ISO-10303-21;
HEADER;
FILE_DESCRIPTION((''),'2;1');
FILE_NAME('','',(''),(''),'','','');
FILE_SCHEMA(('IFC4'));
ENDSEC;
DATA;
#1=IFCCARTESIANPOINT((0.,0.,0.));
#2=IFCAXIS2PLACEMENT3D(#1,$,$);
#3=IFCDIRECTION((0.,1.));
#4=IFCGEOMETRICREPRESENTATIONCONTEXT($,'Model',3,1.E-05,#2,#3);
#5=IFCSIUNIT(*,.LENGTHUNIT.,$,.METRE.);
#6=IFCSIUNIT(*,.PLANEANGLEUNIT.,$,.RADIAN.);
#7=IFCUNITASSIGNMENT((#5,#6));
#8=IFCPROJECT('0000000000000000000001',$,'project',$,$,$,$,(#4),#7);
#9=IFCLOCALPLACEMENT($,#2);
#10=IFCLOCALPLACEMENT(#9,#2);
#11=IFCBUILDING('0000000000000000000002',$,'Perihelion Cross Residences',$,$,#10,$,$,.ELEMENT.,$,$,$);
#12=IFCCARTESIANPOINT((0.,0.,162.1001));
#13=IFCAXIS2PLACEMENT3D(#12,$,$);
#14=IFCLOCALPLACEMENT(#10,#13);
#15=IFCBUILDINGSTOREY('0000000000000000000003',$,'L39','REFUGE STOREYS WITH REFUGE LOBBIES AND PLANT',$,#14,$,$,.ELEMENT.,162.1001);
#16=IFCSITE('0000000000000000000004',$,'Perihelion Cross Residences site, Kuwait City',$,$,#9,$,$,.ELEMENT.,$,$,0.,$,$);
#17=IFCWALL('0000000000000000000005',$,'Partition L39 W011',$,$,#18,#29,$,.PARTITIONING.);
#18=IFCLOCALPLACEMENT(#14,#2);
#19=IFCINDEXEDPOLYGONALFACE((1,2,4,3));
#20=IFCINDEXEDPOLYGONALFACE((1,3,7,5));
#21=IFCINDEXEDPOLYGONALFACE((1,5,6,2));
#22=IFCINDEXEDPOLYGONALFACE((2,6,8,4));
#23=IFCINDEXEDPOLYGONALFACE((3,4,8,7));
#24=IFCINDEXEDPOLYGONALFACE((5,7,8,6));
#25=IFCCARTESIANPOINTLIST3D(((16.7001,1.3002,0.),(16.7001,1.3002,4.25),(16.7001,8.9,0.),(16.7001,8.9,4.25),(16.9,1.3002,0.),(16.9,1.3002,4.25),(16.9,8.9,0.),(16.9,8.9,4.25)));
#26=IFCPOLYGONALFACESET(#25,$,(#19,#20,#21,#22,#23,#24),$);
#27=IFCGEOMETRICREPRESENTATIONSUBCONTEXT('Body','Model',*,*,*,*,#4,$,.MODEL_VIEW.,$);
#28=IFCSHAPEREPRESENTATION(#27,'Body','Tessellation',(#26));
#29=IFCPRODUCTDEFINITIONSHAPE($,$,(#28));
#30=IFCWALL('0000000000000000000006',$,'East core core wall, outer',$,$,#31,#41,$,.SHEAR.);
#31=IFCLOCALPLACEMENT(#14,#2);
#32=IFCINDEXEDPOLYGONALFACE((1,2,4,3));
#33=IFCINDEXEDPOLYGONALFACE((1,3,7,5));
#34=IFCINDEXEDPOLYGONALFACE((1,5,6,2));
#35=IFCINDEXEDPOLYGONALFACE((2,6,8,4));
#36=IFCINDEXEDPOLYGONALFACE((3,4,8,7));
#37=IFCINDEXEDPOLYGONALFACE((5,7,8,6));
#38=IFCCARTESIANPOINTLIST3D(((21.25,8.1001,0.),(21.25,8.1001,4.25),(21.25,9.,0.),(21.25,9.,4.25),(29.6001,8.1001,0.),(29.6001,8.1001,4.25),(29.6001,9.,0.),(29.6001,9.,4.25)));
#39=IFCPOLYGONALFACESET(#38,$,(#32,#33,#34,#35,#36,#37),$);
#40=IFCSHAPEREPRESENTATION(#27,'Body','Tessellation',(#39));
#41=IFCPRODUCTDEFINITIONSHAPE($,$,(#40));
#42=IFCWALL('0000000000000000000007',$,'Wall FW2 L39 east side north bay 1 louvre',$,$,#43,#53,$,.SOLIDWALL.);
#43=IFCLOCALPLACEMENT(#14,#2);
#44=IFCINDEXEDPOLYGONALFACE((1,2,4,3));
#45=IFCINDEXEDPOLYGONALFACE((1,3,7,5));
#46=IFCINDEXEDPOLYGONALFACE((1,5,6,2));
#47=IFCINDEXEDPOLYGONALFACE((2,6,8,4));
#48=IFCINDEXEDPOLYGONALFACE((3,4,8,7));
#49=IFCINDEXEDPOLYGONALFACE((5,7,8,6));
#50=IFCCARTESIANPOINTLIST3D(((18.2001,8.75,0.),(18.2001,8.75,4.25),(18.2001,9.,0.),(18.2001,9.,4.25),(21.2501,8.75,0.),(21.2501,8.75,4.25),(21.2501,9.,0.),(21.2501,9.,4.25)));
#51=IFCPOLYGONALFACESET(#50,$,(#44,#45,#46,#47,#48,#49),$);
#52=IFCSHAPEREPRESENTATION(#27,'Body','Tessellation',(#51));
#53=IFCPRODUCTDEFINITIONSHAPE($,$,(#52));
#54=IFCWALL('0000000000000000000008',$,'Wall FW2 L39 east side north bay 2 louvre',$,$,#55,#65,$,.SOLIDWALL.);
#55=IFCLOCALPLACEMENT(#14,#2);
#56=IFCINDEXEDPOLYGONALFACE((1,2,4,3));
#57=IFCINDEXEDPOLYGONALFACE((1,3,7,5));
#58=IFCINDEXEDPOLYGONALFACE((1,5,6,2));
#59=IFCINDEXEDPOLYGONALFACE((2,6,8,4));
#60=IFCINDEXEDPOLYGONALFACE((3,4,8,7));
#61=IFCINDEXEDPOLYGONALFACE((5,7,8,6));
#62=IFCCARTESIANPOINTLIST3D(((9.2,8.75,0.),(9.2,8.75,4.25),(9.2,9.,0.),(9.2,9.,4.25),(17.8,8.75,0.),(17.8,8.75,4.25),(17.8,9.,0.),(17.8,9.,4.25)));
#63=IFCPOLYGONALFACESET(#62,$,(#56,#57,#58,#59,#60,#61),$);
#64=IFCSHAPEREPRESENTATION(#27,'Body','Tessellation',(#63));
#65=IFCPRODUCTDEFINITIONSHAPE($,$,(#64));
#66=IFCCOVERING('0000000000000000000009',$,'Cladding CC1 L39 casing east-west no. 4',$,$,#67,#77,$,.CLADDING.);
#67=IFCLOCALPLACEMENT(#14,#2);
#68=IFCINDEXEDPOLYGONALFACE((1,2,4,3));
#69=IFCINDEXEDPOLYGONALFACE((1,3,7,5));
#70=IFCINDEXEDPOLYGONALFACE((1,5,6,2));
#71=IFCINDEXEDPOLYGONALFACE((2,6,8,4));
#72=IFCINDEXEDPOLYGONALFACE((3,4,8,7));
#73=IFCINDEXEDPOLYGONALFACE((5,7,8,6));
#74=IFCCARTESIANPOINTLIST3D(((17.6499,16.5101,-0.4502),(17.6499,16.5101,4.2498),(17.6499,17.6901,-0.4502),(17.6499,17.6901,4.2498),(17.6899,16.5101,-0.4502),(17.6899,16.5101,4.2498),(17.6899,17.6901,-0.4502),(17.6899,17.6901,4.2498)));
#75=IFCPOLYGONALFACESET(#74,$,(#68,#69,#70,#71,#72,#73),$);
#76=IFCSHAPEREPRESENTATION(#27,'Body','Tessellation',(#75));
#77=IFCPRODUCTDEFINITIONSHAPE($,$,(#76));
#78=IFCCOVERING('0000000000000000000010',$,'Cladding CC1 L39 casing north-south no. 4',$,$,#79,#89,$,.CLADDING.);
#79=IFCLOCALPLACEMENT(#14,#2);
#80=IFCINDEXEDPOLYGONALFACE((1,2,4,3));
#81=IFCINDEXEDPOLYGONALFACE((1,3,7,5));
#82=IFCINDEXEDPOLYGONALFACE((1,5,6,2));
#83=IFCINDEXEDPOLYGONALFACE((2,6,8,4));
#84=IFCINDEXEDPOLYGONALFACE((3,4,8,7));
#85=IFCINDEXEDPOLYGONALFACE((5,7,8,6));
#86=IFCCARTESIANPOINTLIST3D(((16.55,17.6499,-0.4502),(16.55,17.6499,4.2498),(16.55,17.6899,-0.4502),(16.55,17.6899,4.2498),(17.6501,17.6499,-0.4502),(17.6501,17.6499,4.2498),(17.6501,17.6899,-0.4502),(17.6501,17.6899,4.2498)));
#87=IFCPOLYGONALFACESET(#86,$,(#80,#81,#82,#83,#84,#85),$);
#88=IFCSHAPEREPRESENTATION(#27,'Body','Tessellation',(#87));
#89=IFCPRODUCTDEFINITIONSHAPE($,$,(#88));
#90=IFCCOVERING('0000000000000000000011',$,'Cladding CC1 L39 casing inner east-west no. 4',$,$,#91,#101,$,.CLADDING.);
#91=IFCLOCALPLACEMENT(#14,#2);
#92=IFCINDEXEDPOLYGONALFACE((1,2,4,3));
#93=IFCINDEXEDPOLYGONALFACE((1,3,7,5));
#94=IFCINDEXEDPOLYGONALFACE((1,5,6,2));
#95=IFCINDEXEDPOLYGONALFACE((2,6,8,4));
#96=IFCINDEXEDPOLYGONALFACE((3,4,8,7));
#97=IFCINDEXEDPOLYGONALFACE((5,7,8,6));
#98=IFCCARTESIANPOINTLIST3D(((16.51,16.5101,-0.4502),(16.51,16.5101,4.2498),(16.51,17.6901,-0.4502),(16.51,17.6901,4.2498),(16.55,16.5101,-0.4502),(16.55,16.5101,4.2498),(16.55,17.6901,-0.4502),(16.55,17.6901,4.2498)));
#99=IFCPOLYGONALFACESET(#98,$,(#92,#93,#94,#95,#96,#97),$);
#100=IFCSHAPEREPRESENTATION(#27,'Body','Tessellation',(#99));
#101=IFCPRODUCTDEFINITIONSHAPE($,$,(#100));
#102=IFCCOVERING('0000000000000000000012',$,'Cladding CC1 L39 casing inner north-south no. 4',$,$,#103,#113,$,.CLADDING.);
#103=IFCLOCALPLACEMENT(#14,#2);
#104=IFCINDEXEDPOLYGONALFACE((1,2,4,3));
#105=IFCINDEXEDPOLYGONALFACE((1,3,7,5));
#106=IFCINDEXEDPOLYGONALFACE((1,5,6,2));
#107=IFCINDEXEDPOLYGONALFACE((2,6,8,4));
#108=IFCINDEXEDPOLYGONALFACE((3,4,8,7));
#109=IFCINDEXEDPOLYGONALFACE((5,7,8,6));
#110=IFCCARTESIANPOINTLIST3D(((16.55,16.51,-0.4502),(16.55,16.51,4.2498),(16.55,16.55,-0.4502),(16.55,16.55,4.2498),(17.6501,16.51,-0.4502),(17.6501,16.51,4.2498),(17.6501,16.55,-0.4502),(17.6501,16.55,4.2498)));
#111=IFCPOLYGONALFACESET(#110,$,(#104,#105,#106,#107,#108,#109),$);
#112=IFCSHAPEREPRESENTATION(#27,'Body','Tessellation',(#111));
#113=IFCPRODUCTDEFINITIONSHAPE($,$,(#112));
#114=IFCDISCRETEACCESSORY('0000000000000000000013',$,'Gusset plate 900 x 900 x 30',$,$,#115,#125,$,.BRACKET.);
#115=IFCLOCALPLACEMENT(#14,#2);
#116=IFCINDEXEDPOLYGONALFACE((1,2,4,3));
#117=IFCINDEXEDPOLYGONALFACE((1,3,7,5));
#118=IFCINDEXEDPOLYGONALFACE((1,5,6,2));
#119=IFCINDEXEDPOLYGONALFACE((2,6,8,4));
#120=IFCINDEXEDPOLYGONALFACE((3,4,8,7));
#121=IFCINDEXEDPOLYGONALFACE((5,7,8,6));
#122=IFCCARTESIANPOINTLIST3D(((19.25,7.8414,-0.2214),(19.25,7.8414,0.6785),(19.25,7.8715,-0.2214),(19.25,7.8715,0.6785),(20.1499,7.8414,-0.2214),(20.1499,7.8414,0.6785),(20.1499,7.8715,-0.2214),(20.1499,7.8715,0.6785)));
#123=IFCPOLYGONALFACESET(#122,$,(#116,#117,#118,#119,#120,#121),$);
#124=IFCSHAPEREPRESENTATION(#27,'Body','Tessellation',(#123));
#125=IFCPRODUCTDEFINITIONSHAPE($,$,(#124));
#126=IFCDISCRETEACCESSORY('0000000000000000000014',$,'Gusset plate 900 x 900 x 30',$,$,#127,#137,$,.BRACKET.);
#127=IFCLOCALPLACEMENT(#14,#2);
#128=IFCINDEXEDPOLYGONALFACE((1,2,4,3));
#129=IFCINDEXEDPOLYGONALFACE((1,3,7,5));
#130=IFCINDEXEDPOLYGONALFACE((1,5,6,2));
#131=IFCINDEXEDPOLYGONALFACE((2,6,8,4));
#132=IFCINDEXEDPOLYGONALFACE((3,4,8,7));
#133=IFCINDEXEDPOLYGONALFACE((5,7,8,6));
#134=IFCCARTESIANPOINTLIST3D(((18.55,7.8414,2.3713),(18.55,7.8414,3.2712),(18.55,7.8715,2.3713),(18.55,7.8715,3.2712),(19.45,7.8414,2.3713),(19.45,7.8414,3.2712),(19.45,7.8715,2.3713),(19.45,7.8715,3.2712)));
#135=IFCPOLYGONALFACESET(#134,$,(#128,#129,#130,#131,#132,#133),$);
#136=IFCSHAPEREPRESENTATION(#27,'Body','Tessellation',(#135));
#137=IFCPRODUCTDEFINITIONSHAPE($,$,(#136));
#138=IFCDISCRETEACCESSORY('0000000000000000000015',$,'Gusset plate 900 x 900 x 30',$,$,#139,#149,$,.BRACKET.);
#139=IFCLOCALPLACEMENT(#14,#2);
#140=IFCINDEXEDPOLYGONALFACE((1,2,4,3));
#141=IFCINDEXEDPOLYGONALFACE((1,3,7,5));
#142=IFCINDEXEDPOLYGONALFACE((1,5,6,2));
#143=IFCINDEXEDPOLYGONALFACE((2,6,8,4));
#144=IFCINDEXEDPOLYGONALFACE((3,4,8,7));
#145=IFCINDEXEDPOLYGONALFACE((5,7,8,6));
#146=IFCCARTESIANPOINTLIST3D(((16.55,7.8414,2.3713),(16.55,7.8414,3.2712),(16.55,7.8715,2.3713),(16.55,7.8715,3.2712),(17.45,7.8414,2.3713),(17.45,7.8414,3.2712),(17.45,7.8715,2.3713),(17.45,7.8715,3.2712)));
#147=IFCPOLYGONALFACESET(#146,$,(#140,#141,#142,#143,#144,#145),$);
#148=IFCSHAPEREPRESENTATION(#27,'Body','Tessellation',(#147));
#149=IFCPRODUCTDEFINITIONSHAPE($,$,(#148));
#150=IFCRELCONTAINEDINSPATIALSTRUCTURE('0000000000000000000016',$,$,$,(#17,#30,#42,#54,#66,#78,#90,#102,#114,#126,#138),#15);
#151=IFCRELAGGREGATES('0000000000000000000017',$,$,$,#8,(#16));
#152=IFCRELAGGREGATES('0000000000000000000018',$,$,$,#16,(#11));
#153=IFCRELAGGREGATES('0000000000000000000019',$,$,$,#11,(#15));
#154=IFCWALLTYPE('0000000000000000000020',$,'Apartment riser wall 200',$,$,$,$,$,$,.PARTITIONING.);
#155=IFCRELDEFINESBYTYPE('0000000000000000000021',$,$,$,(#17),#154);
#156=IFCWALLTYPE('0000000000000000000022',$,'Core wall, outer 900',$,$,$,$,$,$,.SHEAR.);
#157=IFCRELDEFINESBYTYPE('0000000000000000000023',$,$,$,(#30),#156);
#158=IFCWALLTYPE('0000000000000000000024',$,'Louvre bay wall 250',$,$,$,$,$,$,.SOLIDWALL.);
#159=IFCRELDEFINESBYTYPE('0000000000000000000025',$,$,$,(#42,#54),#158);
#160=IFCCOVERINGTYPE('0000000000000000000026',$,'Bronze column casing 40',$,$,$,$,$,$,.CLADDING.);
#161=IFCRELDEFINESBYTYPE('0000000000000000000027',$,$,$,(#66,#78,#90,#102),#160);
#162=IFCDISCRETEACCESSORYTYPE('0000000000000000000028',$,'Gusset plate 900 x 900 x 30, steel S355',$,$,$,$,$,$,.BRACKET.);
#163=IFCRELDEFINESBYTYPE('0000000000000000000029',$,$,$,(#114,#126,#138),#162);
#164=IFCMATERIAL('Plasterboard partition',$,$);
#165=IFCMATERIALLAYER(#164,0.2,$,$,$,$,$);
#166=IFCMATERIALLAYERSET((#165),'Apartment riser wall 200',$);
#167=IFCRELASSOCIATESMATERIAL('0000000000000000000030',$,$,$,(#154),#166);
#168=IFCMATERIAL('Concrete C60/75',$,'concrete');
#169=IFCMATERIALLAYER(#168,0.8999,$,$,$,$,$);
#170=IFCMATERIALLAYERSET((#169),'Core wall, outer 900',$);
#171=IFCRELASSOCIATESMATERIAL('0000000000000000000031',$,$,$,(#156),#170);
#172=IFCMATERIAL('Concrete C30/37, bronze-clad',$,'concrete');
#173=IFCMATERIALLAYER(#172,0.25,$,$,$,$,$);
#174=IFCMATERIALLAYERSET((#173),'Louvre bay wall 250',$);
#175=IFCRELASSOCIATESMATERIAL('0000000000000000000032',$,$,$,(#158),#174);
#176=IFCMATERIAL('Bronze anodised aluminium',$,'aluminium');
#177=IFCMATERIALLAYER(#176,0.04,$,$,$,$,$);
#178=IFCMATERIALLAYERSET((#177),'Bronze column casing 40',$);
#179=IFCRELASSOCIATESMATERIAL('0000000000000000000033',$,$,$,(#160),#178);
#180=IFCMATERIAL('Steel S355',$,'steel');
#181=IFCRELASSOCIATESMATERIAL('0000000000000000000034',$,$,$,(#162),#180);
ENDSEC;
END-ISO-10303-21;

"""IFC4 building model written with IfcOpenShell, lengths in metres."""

from ifc_helpers import new_model, si_unit, direction, frame, frame_2d, origin, origin_2d, place, context, subcontext, project, spatial, rectangle, extrude, material, layer, layer_set, type_object, element, save


model = new_model("IFC4")

# Units and contexts
model_context = context("Model", 3, precision=1e-05, world=origin(), true_north=direction((0.0, 1.0)))
body_context = subcontext(model_context, "Body", "Model", "MODEL_VIEW")
ifc_project = project(units=[si_unit("LENGTHUNIT", "METRE"), si_unit("PLANEANGLEUNIT", "RADIAN")], contexts=[model_context])

# Site, building, storey
site_placement = place(None, origin())
site = spatial("IfcSite", under=ifc_project, at=site_placement, Name="Perihelion Cross Residences site, Kuwait City", CompositionType="ELEMENT", RefElevation=0.0)
building_placement = place(site_placement, origin())
building = spatial("IfcBuilding", under=site, at=building_placement, Name="Perihelion Cross Residences", CompositionType="ELEMENT")
storey_placement = place(building_placement, frame((0.0, 0.0, 162.1001)))
storey = spatial("IfcBuildingStorey", under=building, at=storey_placement, Name="L39", Description="REFUGE STOREYS WITH REFUGE LOBBIES AND PLANT", CompositionType="ELEMENT", Elevation=162.1001)

# Walls
ifc_material_1 = material(Name="Plasterboard partition")
ifc_layer_1 = layer(ifc_material_1, 0.2)
ifc_layer_set_1 = layer_set([ifc_layer_1], Name="Apartment riser wall 200")
wall_type_1 = type_object("IfcWallType", Name="Apartment riser wall 200", PredefinedType="PARTITIONING", material=ifc_layer_set_1)
wall_1_placement = place(storey_placement, frame((16.8, 8.8999, 0.0), z_axis=(0.0, 0.0, 1.0), x_axis=(0.0, -1.0, 0.0)))
element("IfcWall", 1, at=wall_1_placement, inside=storey, type_object=wall_type_1, Name="Partition L39 W011", PredefinedType="PARTITIONING", context=body_context, shape_type="SweptSolid", body=[
    extrude(rectangle(XDim=7.5999, YDim=0.2, at=frame_2d((3.7998, 0.0))), origin(), (0.0, 0.0, 1.0), 4.25),
])
ifc_material_2 = material(Name="Concrete C60/75", Category="concrete")
ifc_layer_2 = layer(ifc_material_2, 0.8999)
ifc_layer_set_2 = layer_set([ifc_layer_2], Name="Core wall, outer 900")
wall_type_2 = type_object("IfcWallType", Name="Core wall, outer 900", PredefinedType="SHEAR", material=ifc_layer_set_2)
wall_2_placement = place(storey_placement, frame((21.25, 8.55, 0.0), z_axis=(0.0, 0.0, 1.0), x_axis=(1.0, 0.0, 0.0)))
element("IfcWall", 2, at=wall_2_placement, inside=storey, type_object=wall_type_2, Name="East core core wall, outer", PredefinedType="SHEAR", context=body_context, shape_type="SweptSolid", body=[
    extrude(rectangle(XDim=8.3501, YDim=0.8999, at=frame_2d((4.175, 0.0))), origin(), (0.0, 0.0, 1.0), 4.25),
])
ifc_material_3 = material(Name="Concrete C30/37, bronze-clad", Category="concrete")
ifc_layer_3 = layer(ifc_material_3, 0.25)
ifc_layer_set_3 = layer_set([ifc_layer_3], Name="Louvre bay wall 250")
wall_type_3 = type_object("IfcWallType", Name="Louvre bay wall 250", PredefinedType="SOLIDWALL", material=ifc_layer_set_3)
wall_3_placement = place(storey_placement, frame((21.25, 8.875, 0.0), z_axis=(0.0, 0.0, 1.0), x_axis=(-1.0, 0.0, 0.0)))
element("IfcWall", 3, at=wall_3_placement, inside=storey, type_object=wall_type_3, Name="Wall FW2 L39 east side north bay 1 louvre", PredefinedType="SOLIDWALL", context=body_context, shape_type="SweptSolid", body=[
    extrude(rectangle(XDim=3.05, YDim=0.25, at=frame_2d((1.5249, 0.0))), origin(), (0.0, 0.0, 1.0), 4.25),
])
wall_4_placement = place(storey_placement, frame((17.8, 8.875, 0.0), z_axis=(0.0, 0.0, 1.0), x_axis=(-1.0, 0.0, 0.0)))
element("IfcWall", 4, at=wall_4_placement, inside=storey, type_object=wall_type_3, Name="Wall FW2 L39 east side north bay 2 louvre", PredefinedType="SOLIDWALL", context=body_context, shape_type="SweptSolid", body=[
    extrude(rectangle(XDim=8.6001, YDim=0.25, at=frame_2d((4.3, 0.0))), origin(), (0.0, 0.0, 1.0), 4.25),
])

# Coverings
ifc_material_4 = material(Name="Bronze anodised aluminium", Category="aluminium")
ifc_layer_4 = layer(ifc_material_4, 0.04)
ifc_layer_set_4 = layer_set([ifc_layer_4], Name="Bronze column casing 40")
covering_type = type_object("IfcCoveringType", Name="Bronze column casing 40", PredefinedType="CLADDING", material=ifc_layer_set_4)
covering_1_placement = place(storey_placement, frame((17.6699, 17.1001, -0.4502), z_axis=(0.0, 0.0, 1.0), x_axis=(1.0, 0.0, 0.0)))
element("IfcCovering", 5, at=covering_1_placement, inside=storey, type_object=covering_type, Name="Cladding CC1 L39 casing east-west no. 4", PredefinedType="CLADDING", context=body_context, shape_type="SweptSolid", body=[
    extrude(rectangle(XDim=0.04, YDim=1.1799, at=origin_2d()), origin(), (0.0, 0.0, 1.0), 4.7),
])
covering_2_placement = place(storey_placement, frame((17.1001, 17.6699, -0.4502), z_axis=(0.0, 0.0, 1.0), x_axis=(1.0, 0.0, 0.0)))
element("IfcCovering", 6, at=covering_2_placement, inside=storey, type_object=covering_type, Name="Cladding CC1 L39 casing north-south no. 4", PredefinedType="CLADDING", context=body_context, shape_type="SweptSolid", body=[
    extrude(rectangle(XDim=1.1001, YDim=0.04, at=origin_2d()), origin(), (0.0, 0.0, 1.0), 4.7),
])
covering_3_placement = place(storey_placement, frame((16.53, 17.1001, -0.4502), z_axis=(0.0, 0.0, 1.0), x_axis=(1.0, 0.0, 0.0)))
element("IfcCovering", 7, at=covering_3_placement, inside=storey, type_object=covering_type, Name="Cladding CC1 L39 casing inner east-west no. 4", PredefinedType="CLADDING", context=body_context, shape_type="SweptSolid", body=[
    extrude(rectangle(XDim=0.04, YDim=1.1799, at=origin_2d()), origin(), (0.0, 0.0, 1.0), 4.7),
])
covering_4_placement = place(storey_placement, frame((17.1001, 16.53, -0.4502), z_axis=(0.0, 0.0, 1.0), x_axis=(1.0, 0.0, 0.0)))
element("IfcCovering", 8, at=covering_4_placement, inside=storey, type_object=covering_type, Name="Cladding CC1 L39 casing inner north-south no. 4", PredefinedType="CLADDING", context=body_context, shape_type="SweptSolid", body=[
    extrude(rectangle(XDim=1.1001, YDim=0.04, at=origin_2d()), origin(), (0.0, 0.0, 1.0), 4.7),
])

# Discrete accessories
ifc_material_5 = material(Name="Steel S355", Category="steel")
discrete_accessory_type = type_object("IfcDiscreteAccessoryType", Name="Gusset plate 900 x 900 x 30, steel S355", PredefinedType="BRACKET", material=ifc_material_5)
for number, where, z_axis, x_axis, name in (
    (9, (19.7, 7.8564, -0.2214), (0.0, 0.0, 1.0), (-1.0, 0.0, 0.0), "Gusset plate 900 x 900 x 30"),
    (10, (19.0, 7.8564, 2.3713), (0.0, 0.0, 1.0), (1.0, 0.0, 0.0), "Gusset plate 900 x 900 x 30"),
    (11, (17.0, 7.8564, 2.3713), (0.0, 0.0, 1.0), (-1.0, 0.0, 0.0), "Gusset plate 900 x 900 x 30"),
):
    element("IfcDiscreteAccessory", number, at=place(storey_placement, frame(where, z_axis=z_axis, x_axis=x_axis)), inside=storey, type_object=discrete_accessory_type, Name=name, PredefinedType="BRACKET", context=body_context, shape_type="SweptSolid", body=[
        extrude(rectangle(XDim=0.8999, YDim=0.03, at=origin_2d()), origin(), (0.0, 0.0, 1.0), 0.8999),
    ])

save(model, "model.ifc")
